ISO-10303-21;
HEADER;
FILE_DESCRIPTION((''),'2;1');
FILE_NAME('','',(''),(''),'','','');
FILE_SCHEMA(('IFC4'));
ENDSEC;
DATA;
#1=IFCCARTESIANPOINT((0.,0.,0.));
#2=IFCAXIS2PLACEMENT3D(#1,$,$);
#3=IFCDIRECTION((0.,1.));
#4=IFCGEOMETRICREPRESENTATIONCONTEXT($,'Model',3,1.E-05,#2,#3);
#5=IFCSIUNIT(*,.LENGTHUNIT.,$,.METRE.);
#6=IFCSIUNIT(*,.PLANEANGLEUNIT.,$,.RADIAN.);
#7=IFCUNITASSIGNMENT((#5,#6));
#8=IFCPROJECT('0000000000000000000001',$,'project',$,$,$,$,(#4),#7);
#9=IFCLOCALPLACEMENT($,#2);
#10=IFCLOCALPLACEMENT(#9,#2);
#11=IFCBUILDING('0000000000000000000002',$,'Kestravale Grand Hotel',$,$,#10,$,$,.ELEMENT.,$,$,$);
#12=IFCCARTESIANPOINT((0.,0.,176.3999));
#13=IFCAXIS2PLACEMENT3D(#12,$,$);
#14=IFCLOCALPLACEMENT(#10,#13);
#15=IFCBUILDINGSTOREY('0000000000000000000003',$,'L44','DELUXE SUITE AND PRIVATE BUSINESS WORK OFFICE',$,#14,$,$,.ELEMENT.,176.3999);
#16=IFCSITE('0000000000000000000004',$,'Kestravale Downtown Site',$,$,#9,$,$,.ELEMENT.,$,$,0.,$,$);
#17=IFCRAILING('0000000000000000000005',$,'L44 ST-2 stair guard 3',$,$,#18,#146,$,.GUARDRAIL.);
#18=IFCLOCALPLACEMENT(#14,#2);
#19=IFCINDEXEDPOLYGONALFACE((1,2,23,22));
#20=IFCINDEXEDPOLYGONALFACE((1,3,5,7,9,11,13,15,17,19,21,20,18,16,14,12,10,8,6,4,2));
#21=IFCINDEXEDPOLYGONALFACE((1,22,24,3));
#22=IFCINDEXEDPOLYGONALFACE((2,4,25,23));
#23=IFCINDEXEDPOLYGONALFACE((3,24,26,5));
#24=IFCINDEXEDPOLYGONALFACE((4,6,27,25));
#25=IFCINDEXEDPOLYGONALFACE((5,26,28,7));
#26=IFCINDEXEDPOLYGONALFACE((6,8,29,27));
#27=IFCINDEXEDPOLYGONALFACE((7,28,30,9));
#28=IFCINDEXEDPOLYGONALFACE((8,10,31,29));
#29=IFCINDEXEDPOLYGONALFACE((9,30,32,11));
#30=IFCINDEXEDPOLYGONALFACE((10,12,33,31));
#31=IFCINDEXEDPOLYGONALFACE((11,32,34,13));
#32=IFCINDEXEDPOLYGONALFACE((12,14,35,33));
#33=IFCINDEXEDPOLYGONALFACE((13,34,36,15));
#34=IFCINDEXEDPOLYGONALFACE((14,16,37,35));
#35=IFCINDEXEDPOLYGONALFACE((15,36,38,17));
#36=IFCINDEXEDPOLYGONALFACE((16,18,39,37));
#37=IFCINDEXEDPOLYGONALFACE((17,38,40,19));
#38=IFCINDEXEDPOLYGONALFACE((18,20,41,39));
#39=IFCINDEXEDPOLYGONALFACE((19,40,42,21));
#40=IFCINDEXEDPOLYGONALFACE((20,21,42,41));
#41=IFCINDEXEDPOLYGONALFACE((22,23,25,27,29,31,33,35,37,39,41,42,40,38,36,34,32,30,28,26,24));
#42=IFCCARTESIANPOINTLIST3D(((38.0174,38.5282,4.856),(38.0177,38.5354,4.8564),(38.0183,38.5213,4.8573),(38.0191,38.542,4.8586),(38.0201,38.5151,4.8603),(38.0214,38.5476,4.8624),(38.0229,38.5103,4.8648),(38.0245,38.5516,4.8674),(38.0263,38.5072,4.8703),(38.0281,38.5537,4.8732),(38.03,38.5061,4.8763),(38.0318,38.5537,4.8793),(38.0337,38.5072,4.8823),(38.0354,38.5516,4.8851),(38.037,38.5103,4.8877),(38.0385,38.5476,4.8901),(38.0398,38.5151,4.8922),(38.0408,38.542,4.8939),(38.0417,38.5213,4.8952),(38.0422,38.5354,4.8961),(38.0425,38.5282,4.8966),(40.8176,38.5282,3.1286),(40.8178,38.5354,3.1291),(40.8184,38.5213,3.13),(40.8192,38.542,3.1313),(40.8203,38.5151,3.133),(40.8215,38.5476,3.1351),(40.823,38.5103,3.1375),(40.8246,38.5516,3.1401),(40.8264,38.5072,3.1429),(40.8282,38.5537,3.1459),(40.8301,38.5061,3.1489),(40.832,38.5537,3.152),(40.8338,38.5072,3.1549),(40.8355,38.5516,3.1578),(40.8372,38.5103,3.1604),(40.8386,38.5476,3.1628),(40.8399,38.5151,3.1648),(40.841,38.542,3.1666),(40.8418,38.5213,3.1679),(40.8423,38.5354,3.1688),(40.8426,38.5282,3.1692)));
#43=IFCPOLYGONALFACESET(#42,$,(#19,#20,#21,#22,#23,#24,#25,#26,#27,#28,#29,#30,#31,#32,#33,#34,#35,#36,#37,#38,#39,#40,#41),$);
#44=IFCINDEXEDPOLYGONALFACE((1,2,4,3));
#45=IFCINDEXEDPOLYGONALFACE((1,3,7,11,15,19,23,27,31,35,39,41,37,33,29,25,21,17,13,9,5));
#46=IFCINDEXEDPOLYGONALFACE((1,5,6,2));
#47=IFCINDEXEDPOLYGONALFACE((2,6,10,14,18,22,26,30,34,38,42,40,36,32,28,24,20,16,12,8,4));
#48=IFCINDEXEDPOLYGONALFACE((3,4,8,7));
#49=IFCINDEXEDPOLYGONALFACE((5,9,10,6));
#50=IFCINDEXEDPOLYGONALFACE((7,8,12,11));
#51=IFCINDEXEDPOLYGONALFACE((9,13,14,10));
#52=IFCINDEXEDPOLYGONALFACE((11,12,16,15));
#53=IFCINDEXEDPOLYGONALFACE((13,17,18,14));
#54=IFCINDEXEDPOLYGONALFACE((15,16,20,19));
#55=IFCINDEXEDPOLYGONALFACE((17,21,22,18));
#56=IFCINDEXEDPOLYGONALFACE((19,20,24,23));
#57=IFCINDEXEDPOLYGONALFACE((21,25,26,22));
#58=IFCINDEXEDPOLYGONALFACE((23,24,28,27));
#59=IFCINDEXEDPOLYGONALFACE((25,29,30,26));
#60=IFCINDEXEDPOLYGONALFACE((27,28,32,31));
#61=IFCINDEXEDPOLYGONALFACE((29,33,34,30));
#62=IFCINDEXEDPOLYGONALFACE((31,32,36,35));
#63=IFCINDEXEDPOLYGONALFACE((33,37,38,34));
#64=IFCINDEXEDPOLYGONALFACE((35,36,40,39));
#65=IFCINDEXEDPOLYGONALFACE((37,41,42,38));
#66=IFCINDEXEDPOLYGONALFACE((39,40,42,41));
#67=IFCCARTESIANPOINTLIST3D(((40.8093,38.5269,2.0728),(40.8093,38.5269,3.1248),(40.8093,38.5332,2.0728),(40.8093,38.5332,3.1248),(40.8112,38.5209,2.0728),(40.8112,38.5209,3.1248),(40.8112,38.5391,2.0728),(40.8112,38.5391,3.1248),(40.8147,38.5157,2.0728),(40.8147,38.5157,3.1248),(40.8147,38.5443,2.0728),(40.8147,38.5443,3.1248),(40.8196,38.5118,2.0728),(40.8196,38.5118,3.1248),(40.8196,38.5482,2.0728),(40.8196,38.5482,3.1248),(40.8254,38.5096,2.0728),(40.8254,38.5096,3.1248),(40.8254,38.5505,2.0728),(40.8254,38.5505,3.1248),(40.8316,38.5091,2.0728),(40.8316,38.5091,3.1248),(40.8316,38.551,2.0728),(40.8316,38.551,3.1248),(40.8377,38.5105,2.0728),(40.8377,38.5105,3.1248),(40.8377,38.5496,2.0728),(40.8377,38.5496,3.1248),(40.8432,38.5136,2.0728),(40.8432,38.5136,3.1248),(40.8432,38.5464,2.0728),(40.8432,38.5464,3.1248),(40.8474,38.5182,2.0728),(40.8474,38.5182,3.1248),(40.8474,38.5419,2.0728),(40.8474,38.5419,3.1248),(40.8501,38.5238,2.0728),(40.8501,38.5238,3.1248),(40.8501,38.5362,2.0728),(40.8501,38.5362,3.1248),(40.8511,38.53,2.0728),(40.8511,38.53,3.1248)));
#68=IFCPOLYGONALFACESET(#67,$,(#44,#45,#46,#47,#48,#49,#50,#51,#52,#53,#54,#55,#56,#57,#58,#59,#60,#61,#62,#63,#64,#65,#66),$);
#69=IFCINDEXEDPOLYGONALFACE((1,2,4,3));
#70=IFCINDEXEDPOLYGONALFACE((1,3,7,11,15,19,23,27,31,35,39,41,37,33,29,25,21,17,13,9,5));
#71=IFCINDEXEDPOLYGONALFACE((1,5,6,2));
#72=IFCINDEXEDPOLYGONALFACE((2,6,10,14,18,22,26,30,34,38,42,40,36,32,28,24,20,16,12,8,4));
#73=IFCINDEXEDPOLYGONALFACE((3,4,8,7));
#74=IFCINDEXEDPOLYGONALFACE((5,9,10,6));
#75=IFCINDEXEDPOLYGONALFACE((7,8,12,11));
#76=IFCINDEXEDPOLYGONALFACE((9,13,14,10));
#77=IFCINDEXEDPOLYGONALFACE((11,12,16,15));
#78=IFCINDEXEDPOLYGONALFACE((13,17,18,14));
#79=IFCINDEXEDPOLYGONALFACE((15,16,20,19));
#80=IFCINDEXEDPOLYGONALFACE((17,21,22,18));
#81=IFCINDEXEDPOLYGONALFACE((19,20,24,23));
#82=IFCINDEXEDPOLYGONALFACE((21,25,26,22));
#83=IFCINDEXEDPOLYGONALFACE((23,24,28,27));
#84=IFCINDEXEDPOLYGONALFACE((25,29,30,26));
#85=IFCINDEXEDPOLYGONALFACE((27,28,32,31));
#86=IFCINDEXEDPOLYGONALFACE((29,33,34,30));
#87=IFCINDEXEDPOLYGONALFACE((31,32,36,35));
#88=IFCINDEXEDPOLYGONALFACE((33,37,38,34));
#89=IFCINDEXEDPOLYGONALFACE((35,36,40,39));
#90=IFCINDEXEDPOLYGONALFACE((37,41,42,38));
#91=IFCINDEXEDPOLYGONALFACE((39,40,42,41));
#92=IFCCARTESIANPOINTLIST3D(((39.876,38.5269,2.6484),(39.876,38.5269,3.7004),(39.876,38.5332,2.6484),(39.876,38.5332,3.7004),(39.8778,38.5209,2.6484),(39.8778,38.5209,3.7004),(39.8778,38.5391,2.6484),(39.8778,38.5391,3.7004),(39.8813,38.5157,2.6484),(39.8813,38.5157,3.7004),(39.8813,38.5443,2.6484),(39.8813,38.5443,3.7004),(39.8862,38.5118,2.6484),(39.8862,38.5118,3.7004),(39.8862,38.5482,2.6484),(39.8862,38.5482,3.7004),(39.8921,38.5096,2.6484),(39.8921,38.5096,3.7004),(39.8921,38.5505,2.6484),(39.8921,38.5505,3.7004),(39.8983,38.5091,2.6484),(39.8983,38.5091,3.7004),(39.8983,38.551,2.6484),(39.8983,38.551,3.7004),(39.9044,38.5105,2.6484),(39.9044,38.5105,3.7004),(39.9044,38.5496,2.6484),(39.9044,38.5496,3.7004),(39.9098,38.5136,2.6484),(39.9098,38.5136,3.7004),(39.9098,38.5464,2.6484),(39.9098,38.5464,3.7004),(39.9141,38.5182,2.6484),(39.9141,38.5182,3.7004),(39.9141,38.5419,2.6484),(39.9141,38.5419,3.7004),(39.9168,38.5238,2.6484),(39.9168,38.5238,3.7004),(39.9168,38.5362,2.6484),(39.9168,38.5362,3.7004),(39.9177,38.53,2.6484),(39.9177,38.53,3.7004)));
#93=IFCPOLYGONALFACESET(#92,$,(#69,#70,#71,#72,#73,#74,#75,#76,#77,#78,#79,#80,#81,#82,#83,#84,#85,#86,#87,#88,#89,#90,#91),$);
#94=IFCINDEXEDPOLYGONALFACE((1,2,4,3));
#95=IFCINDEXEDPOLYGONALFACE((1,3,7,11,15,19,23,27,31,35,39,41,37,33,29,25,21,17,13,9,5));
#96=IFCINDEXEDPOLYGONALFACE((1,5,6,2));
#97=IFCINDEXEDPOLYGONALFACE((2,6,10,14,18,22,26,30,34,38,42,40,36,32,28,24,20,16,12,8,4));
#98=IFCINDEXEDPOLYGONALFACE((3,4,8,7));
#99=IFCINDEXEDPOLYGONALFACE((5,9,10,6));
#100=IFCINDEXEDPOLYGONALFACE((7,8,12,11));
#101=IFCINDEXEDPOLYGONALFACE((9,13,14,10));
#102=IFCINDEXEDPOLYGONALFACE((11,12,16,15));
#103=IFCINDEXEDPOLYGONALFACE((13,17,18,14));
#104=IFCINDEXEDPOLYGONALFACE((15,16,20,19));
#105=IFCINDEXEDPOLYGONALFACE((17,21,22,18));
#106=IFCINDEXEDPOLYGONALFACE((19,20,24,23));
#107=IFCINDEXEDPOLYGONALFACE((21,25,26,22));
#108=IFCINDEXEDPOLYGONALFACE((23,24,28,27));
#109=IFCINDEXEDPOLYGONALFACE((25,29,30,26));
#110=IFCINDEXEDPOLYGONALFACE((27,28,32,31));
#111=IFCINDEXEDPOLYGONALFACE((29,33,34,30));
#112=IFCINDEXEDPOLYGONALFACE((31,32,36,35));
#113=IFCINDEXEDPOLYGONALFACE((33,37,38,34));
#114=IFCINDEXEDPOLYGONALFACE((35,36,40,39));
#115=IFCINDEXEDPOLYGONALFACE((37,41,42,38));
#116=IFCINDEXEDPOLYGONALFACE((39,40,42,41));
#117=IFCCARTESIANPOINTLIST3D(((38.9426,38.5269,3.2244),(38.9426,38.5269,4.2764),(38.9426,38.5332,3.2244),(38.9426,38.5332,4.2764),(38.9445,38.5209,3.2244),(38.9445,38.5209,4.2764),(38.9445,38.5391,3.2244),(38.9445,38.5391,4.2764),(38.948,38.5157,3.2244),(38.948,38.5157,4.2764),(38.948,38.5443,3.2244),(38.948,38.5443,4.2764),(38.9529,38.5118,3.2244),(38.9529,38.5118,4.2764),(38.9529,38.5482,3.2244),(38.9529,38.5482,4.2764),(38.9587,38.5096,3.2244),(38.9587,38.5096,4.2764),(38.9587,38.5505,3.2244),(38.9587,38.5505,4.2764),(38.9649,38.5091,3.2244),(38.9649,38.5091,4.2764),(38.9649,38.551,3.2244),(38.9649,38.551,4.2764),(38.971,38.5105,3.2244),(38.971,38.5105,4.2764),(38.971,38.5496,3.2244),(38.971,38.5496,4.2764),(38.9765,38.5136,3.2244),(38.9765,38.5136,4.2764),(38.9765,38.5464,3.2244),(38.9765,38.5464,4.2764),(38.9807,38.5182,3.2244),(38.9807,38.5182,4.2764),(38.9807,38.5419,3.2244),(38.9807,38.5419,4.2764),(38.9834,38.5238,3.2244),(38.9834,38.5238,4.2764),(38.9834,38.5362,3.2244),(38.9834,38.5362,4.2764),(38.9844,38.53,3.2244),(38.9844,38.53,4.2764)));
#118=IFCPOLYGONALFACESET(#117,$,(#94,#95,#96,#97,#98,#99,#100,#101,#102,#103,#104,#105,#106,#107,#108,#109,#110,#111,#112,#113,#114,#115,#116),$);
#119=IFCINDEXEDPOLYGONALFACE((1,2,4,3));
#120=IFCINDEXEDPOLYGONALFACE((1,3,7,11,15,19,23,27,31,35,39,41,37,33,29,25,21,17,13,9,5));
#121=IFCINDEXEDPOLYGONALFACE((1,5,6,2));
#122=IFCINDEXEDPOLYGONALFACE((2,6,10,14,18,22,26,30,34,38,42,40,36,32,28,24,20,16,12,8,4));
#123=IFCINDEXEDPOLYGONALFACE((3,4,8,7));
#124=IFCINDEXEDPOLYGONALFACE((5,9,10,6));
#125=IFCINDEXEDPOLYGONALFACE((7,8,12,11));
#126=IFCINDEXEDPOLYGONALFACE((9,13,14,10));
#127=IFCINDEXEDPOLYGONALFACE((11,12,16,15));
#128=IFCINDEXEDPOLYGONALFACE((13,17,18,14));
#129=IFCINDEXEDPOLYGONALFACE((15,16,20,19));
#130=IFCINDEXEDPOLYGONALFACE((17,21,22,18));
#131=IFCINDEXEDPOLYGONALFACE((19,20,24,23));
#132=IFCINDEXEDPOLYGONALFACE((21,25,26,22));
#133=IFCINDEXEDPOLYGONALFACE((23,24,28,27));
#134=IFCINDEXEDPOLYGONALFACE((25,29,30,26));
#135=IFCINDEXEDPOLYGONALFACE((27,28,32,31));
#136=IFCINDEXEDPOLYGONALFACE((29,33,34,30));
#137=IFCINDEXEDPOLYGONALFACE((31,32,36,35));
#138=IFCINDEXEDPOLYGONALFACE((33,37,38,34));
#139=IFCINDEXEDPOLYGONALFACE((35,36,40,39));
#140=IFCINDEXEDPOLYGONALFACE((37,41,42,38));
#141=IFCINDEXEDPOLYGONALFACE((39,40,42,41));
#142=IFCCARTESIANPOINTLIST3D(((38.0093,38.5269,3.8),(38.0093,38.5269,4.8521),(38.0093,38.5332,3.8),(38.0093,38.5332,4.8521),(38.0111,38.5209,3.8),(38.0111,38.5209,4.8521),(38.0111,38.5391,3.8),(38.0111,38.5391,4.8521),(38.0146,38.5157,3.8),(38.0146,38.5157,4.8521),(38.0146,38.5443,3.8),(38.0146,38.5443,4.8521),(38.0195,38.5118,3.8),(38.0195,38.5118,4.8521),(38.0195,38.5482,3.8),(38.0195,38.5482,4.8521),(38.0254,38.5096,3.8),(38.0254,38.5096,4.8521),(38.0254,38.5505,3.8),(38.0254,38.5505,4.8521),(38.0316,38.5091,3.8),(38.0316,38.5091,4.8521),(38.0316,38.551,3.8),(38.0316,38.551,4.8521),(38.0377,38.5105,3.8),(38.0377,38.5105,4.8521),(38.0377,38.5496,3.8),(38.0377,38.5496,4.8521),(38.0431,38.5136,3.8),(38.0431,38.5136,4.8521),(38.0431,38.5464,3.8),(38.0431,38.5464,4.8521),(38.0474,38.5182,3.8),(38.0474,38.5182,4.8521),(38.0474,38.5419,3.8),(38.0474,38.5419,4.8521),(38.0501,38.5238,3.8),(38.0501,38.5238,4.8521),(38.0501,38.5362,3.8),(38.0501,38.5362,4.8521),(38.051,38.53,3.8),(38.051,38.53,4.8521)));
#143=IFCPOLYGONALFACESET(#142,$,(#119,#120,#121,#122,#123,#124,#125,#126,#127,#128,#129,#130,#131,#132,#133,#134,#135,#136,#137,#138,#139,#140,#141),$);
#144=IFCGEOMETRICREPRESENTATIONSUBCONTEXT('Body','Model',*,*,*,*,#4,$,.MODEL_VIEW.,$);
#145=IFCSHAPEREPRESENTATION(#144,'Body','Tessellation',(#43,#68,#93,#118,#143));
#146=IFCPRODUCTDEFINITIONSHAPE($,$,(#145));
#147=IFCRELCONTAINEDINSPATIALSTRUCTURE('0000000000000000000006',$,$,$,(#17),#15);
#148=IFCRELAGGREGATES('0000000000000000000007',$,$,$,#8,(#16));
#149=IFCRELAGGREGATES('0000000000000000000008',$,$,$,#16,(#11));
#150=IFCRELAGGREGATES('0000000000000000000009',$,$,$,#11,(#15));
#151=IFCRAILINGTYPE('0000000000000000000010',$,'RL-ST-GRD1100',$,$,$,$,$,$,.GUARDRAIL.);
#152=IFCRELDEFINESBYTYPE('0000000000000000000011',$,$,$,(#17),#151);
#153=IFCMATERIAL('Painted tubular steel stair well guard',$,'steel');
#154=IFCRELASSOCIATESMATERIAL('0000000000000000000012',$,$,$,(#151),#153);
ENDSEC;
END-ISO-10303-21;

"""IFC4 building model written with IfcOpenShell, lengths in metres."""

from ifc_helpers import new_model, si_unit, direction, frame, origin, origin_2d, place, context, subcontext, project, spatial, circle, extrude, material, type_object, element, save


model = new_model("IFC4")

# Units and contexts
model_context = context("Model", 3, precision=1e-05, world=origin(), true_north=direction((0.0, 1.0)))
body_context = subcontext(model_context, "Body", "Model", "MODEL_VIEW")
ifc_project = project(units=[si_unit("LENGTHUNIT", "METRE"), si_unit("PLANEANGLEUNIT", "RADIAN")], contexts=[model_context])

# Site, building, storey
site_placement = place(None, origin())
site = spatial("IfcSite", under=ifc_project, at=site_placement, Name="Kestravale Downtown Site", CompositionType="ELEMENT", RefElevation=0.0)
building_placement = place(site_placement, origin())
building = spatial("IfcBuilding", under=site, at=building_placement, Name="Kestravale Grand Hotel", CompositionType="ELEMENT")
storey_placement = place(building_placement, frame((0.0, 0.0, 176.3999)))
storey = spatial("IfcBuildingStorey", under=building, at=storey_placement, Name="L44", Description="DELUXE SUITE AND PRIVATE BUSINESS WORK OFFICE", CompositionType="ELEMENT", Elevation=176.3999)

# Railing
ifc_material_1 = material(Name="Painted tubular steel stair well guard", Category="steel")
railing_type_1 = type_object("IfcRailingType", Name="RL-ST-GRD1100", PredefinedType="GUARDRAIL", material=ifc_material_1)
railing_1_placement = place(storey_placement, frame((40.8301, 38.53, 2.0728)))
element("IfcRailing", 1, at=railing_1_placement, inside=storey, type_object=railing_type_1, Name="L44 ST-2 stair guard 3", PredefinedType="GUARDRAIL", context=body_context, shape_type="SweptSolid", body=[
    extrude(circle(Radius=0.0239, at=origin_2d()), frame((0.0, 0.0, 1.0762), z_axis=(-0.85109, 0.0, 0.52502), x_axis=(0.0, -1.0, 0.0)), (0.0, 0.0, 1.0), 3.29),
    extrude(circle(Radius=0.021, at=origin_2d()), origin(), (0.0, 0.0, 1.0), 1.052),
    extrude(circle(Radius=0.021, at=origin_2d()), frame((-0.9333, 0.0, 0.5757)), (0.0, 0.0, 1.0), 1.052),
    extrude(circle(Radius=0.021, at=origin_2d()), frame((-1.8667, 0.0, 1.1516)), (0.0, 0.0, 1.0), 1.052),
    extrude(circle(Radius=0.021, at=origin_2d()), frame((-2.8, 0.0, 1.7273)), (0.0, 0.0, 1.0), 1.052),
])

save(model, "model.ifc")
